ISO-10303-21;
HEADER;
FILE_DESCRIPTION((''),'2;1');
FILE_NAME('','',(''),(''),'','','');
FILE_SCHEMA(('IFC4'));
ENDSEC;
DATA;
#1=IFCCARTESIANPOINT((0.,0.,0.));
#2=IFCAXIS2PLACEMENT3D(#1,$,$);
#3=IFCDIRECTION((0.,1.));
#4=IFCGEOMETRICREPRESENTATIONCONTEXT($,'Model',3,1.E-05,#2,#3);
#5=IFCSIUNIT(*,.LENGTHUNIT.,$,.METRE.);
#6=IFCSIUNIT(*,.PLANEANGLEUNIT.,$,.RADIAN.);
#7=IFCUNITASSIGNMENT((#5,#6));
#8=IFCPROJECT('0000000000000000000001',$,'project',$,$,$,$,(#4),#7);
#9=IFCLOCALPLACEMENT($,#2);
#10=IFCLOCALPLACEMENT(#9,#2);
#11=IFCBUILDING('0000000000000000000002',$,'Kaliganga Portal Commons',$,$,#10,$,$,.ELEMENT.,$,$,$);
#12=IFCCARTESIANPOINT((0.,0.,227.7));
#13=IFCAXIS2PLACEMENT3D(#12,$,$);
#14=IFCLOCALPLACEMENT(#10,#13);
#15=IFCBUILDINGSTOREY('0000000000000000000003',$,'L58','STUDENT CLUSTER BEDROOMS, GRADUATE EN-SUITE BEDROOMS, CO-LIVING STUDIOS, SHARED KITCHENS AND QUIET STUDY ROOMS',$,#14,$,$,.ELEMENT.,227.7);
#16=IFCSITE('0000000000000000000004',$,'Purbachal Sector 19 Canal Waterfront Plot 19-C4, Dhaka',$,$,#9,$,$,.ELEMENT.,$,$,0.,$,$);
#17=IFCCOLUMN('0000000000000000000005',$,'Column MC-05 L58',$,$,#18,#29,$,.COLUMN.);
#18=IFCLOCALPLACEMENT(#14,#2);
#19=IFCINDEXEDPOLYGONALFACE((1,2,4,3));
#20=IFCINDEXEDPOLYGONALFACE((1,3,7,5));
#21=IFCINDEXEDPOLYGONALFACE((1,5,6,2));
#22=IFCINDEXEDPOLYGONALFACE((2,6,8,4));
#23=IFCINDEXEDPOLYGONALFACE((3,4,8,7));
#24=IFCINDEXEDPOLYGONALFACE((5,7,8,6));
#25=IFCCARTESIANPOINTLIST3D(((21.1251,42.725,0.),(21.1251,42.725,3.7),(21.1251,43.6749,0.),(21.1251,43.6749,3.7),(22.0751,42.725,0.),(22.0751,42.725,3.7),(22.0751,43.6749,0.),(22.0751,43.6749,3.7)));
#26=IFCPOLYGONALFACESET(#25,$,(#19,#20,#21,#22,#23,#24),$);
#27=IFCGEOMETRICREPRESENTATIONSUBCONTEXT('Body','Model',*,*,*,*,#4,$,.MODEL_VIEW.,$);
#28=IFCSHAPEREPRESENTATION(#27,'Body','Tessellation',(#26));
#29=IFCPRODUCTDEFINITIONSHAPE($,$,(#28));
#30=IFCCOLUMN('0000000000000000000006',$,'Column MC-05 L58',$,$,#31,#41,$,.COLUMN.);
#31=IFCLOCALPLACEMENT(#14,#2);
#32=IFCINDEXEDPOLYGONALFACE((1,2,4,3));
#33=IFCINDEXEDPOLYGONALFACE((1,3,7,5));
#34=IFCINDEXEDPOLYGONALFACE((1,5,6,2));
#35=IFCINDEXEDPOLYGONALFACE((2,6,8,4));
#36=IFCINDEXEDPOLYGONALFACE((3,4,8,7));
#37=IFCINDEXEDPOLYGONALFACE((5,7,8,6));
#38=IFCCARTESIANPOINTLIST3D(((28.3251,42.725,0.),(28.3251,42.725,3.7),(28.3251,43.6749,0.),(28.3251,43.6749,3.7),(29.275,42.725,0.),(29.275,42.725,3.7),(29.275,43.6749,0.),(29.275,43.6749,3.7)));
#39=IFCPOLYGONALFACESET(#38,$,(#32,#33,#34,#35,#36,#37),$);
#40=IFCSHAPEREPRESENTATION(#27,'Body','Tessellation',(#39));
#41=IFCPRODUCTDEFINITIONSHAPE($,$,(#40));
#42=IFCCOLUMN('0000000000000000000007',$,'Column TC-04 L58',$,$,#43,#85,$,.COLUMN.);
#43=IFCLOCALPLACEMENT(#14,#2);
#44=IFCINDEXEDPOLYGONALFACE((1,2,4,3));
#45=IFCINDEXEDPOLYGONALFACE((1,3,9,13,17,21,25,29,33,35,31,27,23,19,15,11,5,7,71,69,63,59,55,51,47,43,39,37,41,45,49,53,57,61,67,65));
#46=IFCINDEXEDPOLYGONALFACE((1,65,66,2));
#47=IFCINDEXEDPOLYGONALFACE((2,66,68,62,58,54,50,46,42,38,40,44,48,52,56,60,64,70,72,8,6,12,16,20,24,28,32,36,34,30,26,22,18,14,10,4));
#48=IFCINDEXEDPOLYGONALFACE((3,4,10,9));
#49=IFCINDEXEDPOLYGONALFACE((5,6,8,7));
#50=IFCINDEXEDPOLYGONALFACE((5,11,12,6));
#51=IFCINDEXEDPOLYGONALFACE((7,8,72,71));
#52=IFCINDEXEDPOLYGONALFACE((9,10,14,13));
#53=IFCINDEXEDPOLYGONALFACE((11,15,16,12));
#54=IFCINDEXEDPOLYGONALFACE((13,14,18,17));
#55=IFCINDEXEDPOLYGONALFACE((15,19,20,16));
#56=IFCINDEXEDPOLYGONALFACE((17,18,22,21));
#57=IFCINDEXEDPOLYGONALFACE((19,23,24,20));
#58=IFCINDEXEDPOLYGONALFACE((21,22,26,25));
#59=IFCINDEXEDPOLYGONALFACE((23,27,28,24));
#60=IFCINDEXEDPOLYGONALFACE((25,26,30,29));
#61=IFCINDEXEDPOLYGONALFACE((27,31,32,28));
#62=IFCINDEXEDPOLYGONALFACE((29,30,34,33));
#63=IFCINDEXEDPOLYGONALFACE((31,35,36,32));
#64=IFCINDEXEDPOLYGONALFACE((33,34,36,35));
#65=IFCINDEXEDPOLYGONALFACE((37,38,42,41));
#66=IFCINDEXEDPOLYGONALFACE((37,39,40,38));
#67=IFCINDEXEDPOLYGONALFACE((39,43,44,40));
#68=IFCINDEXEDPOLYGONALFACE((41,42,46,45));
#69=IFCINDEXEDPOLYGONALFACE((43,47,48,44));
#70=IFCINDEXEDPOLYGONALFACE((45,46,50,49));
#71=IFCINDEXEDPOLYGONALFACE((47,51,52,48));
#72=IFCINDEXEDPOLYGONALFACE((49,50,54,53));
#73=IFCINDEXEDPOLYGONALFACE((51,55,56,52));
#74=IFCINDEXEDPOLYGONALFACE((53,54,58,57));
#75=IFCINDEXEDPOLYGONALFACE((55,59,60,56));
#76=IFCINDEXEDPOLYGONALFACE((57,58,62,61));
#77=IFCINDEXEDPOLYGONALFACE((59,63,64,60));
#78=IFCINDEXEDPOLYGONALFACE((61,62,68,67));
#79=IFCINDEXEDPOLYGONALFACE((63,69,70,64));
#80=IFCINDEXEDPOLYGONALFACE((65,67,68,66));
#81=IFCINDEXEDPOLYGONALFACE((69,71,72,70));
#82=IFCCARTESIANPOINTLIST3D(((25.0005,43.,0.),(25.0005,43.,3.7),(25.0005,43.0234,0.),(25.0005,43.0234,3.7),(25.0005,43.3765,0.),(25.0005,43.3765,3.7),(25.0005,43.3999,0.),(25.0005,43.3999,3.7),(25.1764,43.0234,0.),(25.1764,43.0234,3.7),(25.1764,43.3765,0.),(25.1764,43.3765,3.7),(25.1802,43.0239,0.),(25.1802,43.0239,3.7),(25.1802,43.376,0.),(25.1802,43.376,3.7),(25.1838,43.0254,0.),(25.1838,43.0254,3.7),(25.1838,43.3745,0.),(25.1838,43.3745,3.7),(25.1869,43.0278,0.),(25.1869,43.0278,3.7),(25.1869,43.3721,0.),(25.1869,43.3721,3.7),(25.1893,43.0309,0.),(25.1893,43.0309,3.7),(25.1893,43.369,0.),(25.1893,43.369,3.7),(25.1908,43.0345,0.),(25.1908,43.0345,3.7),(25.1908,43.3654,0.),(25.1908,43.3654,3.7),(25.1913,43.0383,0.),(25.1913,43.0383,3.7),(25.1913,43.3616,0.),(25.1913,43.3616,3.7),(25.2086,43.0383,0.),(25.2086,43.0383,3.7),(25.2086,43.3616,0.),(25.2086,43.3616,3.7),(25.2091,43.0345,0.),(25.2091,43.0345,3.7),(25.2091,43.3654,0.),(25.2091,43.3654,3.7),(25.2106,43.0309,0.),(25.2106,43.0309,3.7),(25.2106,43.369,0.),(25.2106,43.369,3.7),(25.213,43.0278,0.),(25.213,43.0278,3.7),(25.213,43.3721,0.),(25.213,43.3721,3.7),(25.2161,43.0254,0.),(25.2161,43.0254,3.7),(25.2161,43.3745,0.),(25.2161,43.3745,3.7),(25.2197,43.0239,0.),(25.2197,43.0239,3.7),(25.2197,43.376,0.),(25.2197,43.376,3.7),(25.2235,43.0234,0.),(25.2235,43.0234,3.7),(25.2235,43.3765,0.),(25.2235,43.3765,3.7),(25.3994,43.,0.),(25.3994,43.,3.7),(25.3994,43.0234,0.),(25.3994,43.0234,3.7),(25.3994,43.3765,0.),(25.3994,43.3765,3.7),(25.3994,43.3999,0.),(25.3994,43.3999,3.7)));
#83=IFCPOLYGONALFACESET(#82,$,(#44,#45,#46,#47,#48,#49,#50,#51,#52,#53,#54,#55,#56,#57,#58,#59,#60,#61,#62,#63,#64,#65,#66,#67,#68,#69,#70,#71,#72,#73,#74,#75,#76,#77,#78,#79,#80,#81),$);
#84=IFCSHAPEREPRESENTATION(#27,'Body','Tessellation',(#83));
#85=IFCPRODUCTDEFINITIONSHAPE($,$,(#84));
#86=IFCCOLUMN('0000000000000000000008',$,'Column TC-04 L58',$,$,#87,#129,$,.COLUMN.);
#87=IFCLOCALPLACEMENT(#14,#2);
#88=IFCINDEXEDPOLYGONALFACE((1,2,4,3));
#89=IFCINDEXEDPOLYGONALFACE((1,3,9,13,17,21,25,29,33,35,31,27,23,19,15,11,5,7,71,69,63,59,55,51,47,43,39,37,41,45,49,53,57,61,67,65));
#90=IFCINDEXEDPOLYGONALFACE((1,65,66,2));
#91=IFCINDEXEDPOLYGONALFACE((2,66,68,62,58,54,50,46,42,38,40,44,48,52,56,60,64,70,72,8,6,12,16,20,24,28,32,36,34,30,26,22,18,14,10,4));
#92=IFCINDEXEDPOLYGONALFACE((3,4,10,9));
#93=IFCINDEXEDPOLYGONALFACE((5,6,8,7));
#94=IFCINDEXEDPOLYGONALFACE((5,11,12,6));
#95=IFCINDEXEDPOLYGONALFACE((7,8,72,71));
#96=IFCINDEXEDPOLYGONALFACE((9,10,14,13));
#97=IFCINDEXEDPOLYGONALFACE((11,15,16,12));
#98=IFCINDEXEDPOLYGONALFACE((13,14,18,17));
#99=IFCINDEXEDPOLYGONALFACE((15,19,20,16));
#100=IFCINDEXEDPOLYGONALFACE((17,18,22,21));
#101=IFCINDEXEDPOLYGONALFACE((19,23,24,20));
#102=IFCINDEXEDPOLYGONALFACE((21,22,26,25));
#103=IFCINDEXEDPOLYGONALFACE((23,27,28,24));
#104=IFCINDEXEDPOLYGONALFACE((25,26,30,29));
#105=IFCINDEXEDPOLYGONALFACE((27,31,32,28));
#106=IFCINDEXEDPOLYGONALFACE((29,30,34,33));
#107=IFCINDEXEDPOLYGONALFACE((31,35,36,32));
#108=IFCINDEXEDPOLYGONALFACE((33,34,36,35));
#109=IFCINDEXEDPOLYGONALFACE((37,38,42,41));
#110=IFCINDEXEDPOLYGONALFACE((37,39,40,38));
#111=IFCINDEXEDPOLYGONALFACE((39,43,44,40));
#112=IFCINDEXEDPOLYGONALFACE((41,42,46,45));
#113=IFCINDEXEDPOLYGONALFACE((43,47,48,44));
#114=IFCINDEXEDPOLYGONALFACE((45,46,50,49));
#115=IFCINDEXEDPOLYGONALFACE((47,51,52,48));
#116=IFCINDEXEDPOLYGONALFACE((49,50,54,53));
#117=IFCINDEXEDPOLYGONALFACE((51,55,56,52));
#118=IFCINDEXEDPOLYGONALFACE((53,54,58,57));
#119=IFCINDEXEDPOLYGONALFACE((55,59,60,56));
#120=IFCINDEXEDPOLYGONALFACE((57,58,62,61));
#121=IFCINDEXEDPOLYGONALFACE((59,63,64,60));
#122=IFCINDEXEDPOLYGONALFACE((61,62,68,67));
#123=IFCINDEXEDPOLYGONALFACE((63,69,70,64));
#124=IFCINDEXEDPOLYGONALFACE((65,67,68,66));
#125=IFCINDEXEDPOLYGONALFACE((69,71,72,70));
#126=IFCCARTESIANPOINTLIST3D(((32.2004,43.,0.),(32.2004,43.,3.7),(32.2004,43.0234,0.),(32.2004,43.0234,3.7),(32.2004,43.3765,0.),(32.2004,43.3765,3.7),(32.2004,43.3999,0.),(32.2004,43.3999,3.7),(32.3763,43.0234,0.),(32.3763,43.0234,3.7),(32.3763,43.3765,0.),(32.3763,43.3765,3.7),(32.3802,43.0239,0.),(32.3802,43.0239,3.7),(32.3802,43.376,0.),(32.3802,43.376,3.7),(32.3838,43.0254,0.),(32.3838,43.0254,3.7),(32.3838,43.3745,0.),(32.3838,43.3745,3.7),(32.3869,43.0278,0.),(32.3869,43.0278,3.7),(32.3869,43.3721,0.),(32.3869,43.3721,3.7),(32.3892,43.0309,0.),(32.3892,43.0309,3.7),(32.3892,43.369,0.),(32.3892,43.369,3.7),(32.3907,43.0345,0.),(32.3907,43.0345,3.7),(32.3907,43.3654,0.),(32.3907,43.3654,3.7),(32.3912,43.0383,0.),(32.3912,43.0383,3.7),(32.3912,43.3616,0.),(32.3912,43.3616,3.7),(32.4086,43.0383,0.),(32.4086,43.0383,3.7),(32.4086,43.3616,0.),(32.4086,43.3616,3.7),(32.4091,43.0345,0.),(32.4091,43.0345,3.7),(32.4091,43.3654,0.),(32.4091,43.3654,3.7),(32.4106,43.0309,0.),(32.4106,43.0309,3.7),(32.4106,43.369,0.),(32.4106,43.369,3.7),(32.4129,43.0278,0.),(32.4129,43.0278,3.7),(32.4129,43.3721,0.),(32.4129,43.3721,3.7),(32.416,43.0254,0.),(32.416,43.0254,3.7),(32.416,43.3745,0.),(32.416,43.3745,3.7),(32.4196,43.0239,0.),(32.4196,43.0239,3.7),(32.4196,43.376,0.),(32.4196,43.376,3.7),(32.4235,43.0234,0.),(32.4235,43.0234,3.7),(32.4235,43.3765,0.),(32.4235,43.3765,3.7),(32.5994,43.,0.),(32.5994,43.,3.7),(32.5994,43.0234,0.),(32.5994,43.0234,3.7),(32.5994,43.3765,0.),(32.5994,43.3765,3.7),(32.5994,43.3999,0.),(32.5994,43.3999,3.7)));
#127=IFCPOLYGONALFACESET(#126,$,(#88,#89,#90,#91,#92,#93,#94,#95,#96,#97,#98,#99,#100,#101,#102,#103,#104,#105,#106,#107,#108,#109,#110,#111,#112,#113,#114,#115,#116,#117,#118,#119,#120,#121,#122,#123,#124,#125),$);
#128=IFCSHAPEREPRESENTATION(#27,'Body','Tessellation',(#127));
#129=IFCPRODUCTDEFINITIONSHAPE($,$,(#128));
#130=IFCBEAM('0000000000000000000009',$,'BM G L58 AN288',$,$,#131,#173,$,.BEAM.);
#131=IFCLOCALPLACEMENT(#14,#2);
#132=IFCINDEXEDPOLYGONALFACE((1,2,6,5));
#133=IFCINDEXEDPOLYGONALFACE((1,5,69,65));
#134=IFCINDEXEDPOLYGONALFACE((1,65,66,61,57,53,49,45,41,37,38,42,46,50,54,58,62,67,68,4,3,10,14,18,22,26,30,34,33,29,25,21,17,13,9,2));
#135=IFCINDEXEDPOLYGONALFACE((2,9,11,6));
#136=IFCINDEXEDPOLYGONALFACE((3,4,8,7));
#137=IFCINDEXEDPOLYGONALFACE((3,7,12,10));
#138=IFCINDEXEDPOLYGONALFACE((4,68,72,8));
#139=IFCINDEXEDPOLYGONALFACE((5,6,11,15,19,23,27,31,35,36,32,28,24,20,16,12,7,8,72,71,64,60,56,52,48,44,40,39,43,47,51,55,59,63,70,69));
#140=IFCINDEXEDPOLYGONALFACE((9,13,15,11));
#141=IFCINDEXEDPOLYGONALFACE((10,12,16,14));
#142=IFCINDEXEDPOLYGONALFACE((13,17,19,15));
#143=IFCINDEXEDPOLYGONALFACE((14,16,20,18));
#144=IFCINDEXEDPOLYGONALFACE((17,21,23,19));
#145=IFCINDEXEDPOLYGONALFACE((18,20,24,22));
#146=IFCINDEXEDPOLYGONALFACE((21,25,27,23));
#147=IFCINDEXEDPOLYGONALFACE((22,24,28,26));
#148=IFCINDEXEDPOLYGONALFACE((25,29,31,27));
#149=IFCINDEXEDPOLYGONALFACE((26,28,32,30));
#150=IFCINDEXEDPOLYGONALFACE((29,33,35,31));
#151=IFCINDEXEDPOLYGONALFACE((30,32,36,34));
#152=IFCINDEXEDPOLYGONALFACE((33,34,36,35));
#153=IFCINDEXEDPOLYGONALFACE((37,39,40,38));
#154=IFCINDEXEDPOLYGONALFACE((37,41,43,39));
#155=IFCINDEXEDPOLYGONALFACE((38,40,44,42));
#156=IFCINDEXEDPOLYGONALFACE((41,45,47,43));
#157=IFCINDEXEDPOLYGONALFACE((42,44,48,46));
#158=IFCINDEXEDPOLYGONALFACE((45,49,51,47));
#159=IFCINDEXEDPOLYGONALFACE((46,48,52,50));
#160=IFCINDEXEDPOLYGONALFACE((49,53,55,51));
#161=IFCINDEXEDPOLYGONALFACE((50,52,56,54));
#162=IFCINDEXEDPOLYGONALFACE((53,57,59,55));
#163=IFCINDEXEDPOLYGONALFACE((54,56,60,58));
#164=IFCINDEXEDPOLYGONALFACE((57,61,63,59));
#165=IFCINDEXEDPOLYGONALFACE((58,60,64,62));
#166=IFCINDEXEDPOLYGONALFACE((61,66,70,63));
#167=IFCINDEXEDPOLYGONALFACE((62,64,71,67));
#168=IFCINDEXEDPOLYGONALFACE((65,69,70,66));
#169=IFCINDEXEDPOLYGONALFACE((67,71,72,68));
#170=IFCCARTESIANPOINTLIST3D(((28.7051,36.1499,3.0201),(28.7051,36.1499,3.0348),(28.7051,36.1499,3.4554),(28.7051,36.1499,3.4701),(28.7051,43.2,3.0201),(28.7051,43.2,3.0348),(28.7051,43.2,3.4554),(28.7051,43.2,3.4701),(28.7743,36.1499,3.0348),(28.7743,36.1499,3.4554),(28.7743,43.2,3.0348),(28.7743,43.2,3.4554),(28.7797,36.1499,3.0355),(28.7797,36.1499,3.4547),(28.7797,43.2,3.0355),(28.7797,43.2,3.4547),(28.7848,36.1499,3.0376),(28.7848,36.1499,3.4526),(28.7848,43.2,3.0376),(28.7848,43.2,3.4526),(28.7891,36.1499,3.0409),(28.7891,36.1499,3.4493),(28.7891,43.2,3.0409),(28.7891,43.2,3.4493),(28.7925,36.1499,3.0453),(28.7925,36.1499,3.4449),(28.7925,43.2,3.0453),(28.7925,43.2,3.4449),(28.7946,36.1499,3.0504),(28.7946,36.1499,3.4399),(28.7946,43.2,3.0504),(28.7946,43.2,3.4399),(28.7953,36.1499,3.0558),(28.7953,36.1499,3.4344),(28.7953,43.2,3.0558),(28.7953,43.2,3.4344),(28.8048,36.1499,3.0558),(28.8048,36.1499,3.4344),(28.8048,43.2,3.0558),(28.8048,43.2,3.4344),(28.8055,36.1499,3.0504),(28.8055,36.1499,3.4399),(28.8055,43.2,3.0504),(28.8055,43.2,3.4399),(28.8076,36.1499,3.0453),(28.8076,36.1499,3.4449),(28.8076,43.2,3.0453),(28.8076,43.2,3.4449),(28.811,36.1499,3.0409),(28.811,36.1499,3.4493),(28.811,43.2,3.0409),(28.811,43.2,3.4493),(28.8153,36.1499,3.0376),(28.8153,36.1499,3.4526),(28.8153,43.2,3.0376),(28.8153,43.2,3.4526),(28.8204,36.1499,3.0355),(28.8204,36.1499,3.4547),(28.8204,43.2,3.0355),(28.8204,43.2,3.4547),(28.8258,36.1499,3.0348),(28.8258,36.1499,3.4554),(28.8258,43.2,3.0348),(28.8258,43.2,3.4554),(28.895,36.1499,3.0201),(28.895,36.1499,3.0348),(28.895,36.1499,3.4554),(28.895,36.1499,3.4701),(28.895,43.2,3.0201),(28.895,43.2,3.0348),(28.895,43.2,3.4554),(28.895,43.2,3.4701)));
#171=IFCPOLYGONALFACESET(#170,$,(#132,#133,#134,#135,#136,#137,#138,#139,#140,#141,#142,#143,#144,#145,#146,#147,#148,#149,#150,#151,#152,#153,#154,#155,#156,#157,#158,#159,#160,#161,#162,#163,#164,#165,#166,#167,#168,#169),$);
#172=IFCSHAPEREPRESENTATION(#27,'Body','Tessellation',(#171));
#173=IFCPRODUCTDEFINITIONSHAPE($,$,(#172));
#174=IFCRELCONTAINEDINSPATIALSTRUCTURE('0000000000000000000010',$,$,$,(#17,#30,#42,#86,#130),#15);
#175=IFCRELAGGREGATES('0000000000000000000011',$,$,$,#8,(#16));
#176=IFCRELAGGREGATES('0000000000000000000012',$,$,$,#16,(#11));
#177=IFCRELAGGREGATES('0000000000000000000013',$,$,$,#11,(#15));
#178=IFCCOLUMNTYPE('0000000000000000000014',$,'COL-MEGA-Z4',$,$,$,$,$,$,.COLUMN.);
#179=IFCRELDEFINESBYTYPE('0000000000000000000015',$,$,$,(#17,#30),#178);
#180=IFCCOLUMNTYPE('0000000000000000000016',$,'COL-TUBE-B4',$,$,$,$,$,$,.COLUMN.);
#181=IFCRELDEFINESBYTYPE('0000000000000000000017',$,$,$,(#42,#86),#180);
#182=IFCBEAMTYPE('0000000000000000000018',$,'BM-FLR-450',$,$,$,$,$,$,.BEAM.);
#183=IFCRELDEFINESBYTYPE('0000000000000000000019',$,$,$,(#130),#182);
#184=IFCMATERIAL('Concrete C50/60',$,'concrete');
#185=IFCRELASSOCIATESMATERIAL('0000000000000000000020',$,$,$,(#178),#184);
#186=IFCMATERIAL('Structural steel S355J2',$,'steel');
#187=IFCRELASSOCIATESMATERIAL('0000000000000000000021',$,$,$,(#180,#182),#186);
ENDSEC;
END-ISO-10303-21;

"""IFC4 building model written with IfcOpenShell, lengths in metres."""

from ifc_helpers import new_model, si_unit, direction, frame, origin, origin_2d, place, context, subcontext, project, spatial, rectangle, i_section, extrude, source, transform, mapped, material, material_profile, profile_set, type_object, element, save


model = new_model("IFC4")

# Units and contexts
model_context = context("Model", 3, precision=1e-05, world=origin(), true_north=direction((0.0, 1.0)))
body_context = subcontext(model_context, "Body", "Model", "MODEL_VIEW")
ifc_project = project(units=[si_unit("LENGTHUNIT", "METRE"), si_unit("PLANEANGLEUNIT", "RADIAN")], contexts=[model_context])

# Site, building, storey
site_placement = place(None, origin())
site = spatial("IfcSite", under=ifc_project, at=site_placement, Name="Purbachal Sector 19 Canal Waterfront Plot 19-C4, Dhaka", CompositionType="ELEMENT", RefElevation=0.0)
building_placement = place(site_placement, origin())
building = spatial("IfcBuilding", under=site, at=building_placement, Name="Kaliganga Portal Commons", CompositionType="ELEMENT")
storey_placement = place(building_placement, frame((0.0, 0.0, 227.7)))
storey = spatial("IfcBuildingStorey", under=building, at=storey_placement, Name="L58", Description="STUDENT CLUSTER BEDROOMS, GRADUATE EN-SUITE BEDROOMS, CO-LIVING STUDIOS, SHARED KITCHENS AND QUIET STUDY ROOMS", CompositionType="ELEMENT", Elevation=227.7)

# Columns
ifc_material_1 = material(Name="Concrete C50/60", Category="concrete")
ifc_material_profile_1 = material_profile(ifc_material_1, rectangle(XDim=0.95, YDim=0.95, at=origin_2d()), Name="RC 950x950")
ifc_profile_set_1 = profile_set([ifc_material_profile_1], Name="Concrete C50/60")
column_type_1 = type_object("IfcColumnType", Name="COL-MEGA-Z4", PredefinedType="COLUMN", material=ifc_profile_set_1)
shared_shape_1 = source(origin(), body_context, "Body", "SweptSolid", [
    extrude(rectangle(XDim=0.95, YDim=0.95, at=origin_2d()), origin(), (0.0, 0.0, 1.0), 3.7),
])
for number, where, z_axis, x_axis, name in (
    (1, (21.6001, 43.2, 0.0), (0.0, 0.0, 1.0), (1.0, 0.0, 0.0), "Column MC-05 L58"),
    (2, (28.8, 43.2, 0.0), (0.0, 0.0, 1.0), (1.0, 0.0, 0.0), "Column MC-05 L58"),
):
    element("IfcColumn", number, at=place(storey_placement, frame(where, z_axis=z_axis, x_axis=x_axis)), inside=storey, type_object=column_type_1, Name=name, PredefinedType="COLUMN", context=body_context, shape_type="MappedRepresentation", body=[
        mapped(shared_shape_1, transform((0.0, 0.0, 0.0), x_axis=(1.0, 0.0, 0.0), y_axis=(0.0, 1.0, 0.0), z_axis=(0.0, 0.0, 1.0), scale=1.0)),
    ])
ifc_material_2 = material(Name="Structural steel S355J2", Category="steel")
ifc_material_profile_2 = material_profile(ifc_material_2, i_section(OverallWidth=0.3989, OverallDepth=0.3999, WebThickness=0.0173, FlangeThickness=0.0234, FilletRadius=0.0149, at=origin_2d()), Name="HD 400x287")
ifc_profile_set_2 = profile_set([ifc_material_profile_2], Name="Structural steel S355J2 wide-flange")
column_type_2 = type_object("IfcColumnType", Name="COL-TUBE-B4", PredefinedType="COLUMN", material=ifc_profile_set_2)
shared_shape_2 = source(origin(), body_context, "Body", "SweptSolid", [
    extrude(i_section(OverallWidth=0.3989, OverallDepth=0.3999, WebThickness=0.0173, FlangeThickness=0.0234, FilletRadius=0.0149, at=origin_2d()), origin(), (0.0, 0.0, 1.0), 3.7),
])
for number, where, z_axis, x_axis, name in (
    (3, (25.2, 43.2, 0.0), (0.0, 0.0, 1.0), (1.0, 0.0, 0.0), "Column TC-04 L58"),
    (4, (32.3999, 43.2, 0.0), (0.0, 0.0, 1.0), (1.0, 0.0, 0.0), "Column TC-04 L58"),
):
    element("IfcColumn", number, at=place(storey_placement, frame(where, z_axis=z_axis, x_axis=x_axis)), inside=storey, type_object=column_type_2, Name=name, PredefinedType="COLUMN", context=body_context, shape_type="MappedRepresentation", body=[
        mapped(shared_shape_2, transform((0.0, 0.0, 0.0), x_axis=(1.0, 0.0, 0.0), y_axis=(0.0, 1.0, 0.0), z_axis=(0.0, 0.0, 1.0), scale=1.0)),
    ])

# Beam
ifc_material_profile_3 = material_profile(ifc_material_2, i_section(OverallWidth=0.1899, OverallDepth=0.45, WebThickness=0.0095, FlangeThickness=0.0146, FilletRadius=0.021, at=origin_2d()), Name="IPE 450")
ifc_profile_set_3 = profile_set([ifc_material_profile_3], Name="Structural steel S355J2 wide-flange")
beam_type_1 = type_object("IfcBeamType", Name="BM-FLR-450", PredefinedType="BEAM", material=ifc_profile_set_3)
shared_shape_3 = source(origin(), body_context, "Body", "SweptSolid", [
    extrude(i_section(OverallWidth=0.1899, OverallDepth=0.45, WebThickness=0.0095, FlangeThickness=0.0146, FilletRadius=0.021, at=origin_2d()), origin(), (0.0, 0.0, 1.0), 7.05),
])
beam_1_placement = place(storey_placement, frame((28.8, 36.1499, 3.2451), z_axis=(0.0, 1.0, 0.0), x_axis=(-1.0, 0.0, 0.0)))
element("IfcBeam", 5, at=beam_1_placement, inside=storey, type_object=beam_type_1, Name="BM G L58 AN288", PredefinedType="BEAM", context=body_context, shape_type="MappedRepresentation", body=[
    mapped(shared_shape_3, transform((0.0, 0.0, 0.0), x_axis=(1.0, 0.0, 0.0), y_axis=(0.0, 1.0, 0.0), z_axis=(0.0, 0.0, 1.0), scale=1.0)),
])

save(model, "model.ifc")
